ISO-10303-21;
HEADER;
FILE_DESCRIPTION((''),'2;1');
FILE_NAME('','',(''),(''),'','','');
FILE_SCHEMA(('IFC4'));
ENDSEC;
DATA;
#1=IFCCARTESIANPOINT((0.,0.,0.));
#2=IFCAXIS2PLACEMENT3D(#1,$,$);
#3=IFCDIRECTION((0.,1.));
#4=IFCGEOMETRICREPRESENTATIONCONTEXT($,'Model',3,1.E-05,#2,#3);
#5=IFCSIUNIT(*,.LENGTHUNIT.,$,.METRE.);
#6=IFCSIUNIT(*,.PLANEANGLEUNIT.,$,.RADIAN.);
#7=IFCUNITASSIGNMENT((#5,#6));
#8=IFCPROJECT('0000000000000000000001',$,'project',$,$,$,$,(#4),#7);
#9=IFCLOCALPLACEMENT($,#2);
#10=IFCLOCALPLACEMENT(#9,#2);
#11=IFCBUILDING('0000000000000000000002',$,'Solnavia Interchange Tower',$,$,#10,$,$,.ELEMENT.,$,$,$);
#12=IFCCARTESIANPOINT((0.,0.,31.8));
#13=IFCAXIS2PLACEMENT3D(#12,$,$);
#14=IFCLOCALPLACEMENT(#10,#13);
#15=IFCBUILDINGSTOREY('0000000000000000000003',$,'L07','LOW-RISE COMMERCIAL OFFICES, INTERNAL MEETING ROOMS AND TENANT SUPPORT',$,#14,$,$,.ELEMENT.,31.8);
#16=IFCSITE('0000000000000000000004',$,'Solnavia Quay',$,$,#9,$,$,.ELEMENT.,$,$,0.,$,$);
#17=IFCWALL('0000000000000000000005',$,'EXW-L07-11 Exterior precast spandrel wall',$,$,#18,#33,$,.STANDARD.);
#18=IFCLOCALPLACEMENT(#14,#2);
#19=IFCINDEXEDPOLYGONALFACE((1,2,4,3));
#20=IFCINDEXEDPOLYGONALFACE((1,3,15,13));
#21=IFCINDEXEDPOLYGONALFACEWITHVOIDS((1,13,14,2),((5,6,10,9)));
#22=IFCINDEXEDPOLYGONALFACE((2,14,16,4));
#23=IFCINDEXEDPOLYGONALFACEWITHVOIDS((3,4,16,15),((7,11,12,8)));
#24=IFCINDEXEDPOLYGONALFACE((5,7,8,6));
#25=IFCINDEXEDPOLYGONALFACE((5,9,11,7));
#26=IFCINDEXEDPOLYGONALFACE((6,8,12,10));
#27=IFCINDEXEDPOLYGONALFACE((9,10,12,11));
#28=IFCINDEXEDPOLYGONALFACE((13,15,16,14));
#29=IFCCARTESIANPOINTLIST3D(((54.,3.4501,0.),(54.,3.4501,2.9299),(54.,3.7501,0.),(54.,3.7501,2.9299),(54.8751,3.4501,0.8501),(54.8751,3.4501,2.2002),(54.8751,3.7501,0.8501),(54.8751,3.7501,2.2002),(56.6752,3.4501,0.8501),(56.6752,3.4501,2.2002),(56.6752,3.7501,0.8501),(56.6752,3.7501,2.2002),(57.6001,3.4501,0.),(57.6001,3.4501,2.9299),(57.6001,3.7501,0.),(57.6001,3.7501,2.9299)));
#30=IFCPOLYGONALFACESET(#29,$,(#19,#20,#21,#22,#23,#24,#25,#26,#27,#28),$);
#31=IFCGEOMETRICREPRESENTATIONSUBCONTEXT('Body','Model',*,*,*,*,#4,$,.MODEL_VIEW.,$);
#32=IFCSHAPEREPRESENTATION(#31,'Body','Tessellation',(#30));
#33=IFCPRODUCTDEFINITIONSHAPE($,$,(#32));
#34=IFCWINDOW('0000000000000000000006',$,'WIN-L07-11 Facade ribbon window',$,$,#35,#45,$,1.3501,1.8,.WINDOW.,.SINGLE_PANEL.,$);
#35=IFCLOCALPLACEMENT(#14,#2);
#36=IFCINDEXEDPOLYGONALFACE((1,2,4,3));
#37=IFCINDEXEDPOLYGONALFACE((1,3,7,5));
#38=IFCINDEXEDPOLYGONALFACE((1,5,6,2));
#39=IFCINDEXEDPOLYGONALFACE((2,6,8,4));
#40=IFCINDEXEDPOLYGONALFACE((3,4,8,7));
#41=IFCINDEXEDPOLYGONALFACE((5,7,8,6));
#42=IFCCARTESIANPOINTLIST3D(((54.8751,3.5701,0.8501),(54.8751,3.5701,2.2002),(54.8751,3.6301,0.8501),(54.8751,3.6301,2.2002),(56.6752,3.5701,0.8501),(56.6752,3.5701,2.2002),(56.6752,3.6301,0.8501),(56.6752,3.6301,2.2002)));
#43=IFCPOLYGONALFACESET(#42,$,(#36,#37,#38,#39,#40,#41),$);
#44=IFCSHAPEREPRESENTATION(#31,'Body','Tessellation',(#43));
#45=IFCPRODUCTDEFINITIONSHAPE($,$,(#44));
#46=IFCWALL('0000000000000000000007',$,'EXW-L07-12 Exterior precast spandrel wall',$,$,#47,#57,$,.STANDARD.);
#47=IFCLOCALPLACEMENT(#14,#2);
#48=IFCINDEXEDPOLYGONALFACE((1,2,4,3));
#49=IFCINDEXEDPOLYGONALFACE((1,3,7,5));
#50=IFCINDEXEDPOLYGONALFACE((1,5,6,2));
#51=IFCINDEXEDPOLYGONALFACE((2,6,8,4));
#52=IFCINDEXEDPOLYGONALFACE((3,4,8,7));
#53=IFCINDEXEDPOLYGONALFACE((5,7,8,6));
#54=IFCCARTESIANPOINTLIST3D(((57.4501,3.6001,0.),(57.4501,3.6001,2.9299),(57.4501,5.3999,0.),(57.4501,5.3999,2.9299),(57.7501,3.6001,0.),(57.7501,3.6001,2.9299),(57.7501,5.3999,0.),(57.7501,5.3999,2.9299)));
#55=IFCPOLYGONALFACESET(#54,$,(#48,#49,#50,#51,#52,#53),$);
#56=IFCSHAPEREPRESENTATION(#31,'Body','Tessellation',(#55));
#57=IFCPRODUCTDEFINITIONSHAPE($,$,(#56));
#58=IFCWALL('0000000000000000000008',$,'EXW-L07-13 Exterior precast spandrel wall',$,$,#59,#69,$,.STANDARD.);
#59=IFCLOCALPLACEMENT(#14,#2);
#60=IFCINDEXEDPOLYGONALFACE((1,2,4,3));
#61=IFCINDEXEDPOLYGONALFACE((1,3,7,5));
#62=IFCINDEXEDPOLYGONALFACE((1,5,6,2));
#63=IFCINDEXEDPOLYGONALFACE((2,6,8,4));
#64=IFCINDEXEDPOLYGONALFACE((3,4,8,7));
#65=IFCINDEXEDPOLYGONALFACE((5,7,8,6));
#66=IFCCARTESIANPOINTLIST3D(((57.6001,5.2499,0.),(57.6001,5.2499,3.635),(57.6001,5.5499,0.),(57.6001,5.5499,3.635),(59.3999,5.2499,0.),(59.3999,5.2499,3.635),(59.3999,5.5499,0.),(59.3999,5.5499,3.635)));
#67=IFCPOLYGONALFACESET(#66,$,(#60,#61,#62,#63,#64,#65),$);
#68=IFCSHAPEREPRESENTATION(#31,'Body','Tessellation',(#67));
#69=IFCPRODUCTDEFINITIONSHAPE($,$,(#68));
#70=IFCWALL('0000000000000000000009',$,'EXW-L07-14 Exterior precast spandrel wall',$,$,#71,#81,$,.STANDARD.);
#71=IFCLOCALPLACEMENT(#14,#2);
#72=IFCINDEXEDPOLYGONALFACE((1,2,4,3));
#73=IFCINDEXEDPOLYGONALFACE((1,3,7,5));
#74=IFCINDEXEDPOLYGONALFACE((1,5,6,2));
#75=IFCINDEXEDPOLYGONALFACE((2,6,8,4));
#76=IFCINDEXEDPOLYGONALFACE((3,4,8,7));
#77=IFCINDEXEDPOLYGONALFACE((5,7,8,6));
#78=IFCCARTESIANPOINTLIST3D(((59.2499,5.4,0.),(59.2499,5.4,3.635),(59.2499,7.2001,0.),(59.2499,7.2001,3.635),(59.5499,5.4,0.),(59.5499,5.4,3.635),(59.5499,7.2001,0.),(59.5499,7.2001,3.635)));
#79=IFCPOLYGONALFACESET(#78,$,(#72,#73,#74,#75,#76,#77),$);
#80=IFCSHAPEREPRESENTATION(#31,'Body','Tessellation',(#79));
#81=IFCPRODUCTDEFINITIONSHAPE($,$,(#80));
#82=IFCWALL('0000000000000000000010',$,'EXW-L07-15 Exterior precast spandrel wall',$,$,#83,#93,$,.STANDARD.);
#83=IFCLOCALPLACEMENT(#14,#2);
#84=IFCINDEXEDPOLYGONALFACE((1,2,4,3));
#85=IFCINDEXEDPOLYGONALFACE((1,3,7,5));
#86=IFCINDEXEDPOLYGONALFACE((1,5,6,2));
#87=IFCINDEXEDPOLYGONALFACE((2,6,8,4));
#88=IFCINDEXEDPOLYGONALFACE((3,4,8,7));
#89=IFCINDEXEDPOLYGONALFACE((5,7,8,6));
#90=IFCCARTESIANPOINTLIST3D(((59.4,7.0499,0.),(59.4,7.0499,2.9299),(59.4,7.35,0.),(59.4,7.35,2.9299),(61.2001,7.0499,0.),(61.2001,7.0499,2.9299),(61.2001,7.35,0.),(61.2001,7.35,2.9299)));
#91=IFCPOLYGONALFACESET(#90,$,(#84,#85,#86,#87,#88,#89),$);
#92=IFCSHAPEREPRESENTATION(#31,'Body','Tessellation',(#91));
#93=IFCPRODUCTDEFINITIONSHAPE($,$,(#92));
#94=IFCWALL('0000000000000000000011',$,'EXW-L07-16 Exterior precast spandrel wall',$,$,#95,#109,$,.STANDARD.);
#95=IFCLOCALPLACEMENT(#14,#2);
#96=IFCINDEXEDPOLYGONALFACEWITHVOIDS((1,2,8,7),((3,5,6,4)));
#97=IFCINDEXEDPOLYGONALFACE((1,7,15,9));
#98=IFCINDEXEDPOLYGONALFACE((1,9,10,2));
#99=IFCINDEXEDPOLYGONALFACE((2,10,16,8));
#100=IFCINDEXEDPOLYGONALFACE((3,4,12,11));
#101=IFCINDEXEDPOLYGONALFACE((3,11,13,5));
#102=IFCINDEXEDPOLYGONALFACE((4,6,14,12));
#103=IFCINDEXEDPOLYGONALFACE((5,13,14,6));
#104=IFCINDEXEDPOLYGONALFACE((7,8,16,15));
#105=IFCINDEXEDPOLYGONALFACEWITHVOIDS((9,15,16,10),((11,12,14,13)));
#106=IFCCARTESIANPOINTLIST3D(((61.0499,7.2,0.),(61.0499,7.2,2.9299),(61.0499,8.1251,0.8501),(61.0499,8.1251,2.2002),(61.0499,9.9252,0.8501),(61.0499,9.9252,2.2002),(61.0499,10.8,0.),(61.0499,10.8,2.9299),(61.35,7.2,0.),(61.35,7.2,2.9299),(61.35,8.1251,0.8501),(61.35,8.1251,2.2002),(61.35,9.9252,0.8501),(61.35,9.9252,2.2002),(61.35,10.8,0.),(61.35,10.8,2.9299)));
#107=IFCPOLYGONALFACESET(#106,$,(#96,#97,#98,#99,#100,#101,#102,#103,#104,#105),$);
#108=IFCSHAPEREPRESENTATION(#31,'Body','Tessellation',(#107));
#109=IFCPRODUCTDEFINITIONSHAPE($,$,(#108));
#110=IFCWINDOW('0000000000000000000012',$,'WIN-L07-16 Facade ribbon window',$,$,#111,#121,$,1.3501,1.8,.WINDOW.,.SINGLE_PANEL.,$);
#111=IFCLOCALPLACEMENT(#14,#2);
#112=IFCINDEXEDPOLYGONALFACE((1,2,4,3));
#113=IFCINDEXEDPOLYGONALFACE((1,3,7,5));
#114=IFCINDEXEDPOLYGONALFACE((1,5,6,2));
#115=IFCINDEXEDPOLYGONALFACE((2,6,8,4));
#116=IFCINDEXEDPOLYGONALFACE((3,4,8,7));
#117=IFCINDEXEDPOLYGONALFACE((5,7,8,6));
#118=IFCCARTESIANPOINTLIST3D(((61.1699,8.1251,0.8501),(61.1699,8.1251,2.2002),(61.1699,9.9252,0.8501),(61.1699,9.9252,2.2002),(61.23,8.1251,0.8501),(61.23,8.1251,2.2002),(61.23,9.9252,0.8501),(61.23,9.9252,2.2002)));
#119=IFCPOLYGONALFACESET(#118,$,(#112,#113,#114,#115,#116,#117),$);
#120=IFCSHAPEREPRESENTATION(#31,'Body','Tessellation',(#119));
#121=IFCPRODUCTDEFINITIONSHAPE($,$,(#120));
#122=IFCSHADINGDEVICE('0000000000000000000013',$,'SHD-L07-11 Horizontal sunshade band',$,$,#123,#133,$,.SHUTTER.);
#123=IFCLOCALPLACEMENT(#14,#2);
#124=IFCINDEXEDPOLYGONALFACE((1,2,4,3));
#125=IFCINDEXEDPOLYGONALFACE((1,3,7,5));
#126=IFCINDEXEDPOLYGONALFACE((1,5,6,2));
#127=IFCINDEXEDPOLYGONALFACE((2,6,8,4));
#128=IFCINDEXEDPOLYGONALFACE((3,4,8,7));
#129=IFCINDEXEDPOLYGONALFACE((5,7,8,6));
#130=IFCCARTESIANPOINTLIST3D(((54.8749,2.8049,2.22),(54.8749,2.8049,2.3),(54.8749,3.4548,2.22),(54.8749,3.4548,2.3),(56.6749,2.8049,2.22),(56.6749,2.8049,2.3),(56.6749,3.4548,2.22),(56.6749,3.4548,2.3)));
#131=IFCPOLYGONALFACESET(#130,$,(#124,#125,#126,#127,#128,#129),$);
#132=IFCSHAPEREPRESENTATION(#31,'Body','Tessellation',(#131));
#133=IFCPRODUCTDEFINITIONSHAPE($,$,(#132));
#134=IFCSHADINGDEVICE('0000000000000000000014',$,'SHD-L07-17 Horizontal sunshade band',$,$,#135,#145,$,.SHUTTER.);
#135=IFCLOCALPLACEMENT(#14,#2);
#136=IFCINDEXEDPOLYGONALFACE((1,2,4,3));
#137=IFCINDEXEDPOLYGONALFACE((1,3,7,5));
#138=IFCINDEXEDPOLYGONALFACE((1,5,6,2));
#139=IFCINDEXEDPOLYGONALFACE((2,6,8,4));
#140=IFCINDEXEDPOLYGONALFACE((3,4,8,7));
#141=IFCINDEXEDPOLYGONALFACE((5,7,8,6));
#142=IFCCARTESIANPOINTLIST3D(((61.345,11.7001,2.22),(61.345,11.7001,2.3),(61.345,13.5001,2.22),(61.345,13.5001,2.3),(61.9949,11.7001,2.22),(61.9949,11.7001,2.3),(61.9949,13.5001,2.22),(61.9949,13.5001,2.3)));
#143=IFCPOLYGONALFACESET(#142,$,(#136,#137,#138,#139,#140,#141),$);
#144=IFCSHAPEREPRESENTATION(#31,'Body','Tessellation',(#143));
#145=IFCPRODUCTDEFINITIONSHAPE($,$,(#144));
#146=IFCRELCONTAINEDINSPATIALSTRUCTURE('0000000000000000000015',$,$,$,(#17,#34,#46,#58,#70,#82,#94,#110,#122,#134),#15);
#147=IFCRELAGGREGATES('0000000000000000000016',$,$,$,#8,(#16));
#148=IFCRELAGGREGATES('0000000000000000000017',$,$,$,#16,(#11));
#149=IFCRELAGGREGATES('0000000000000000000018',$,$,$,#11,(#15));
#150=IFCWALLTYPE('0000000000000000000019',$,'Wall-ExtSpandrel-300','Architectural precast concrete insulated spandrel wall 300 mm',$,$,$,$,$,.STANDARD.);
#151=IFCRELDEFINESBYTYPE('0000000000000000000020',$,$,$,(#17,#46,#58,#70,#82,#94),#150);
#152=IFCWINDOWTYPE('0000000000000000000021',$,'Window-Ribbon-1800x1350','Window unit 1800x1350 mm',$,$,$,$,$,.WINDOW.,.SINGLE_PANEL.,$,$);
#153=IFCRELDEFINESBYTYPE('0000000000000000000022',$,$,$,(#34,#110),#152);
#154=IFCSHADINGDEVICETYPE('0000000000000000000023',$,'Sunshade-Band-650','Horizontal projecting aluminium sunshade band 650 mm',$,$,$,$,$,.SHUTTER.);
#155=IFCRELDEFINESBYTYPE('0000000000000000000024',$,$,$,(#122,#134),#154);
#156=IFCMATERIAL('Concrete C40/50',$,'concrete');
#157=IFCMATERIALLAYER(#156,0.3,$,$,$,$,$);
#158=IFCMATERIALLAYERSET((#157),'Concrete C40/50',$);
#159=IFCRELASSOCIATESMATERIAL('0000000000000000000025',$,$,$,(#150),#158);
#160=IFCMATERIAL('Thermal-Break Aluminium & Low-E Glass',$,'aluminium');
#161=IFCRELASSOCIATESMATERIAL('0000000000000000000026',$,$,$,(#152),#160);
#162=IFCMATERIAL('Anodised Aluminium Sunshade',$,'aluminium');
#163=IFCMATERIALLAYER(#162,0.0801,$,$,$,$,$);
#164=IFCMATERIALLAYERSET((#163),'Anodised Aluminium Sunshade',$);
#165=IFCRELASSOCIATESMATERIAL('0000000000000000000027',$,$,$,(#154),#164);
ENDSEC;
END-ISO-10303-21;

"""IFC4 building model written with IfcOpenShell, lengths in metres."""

from ifc_helpers import new_model, si_unit, direction, frame, frame_2d, origin, origin_2d, place, context, subcontext, project, spatial, rectangle, extrude, material, layer, layer_set, type_object, element, fill, save


model = new_model("IFC4")

# Units and contexts
model_context = context("Model", 3, precision=1e-05, world=origin(), true_north=direction((0.0, 1.0)))
body_context = subcontext(model_context, "Body", "Model", "MODEL_VIEW")
ifc_project = project(units=[si_unit("LENGTHUNIT", "METRE"), si_unit("PLANEANGLEUNIT", "RADIAN")], contexts=[model_context])

# Site, building, storey
site_placement = place(None, origin())
site = spatial("IfcSite", under=ifc_project, at=site_placement, Name="Solnavia Quay", CompositionType="ELEMENT", RefElevation=0.0)
building_placement = place(site_placement, origin())
building = spatial("IfcBuilding", under=site, at=building_placement, Name="Solnavia Interchange Tower", CompositionType="ELEMENT")
storey_placement = place(building_placement, frame((0.0, 0.0, 31.8)))
storey = spatial("IfcBuildingStorey", under=building, at=storey_placement, Name="L07", Description="LOW-RISE COMMERCIAL OFFICES, INTERNAL MEETING ROOMS AND TENANT SUPPORT", CompositionType="ELEMENT", Elevation=31.8)

# Wall, opening, window
ifc_material_1 = material(Name="Concrete C40/50", Category="concrete")
ifc_layer_1 = layer(ifc_material_1, 0.3)
ifc_layer_set_1 = layer_set([ifc_layer_1], Name="Concrete C40/50")
wall_type_1 = type_object("IfcWallType", Name="Wall-ExtSpandrel-300", Description="Architectural precast concrete insulated spandrel wall 300 mm", PredefinedType="STANDARD", material=ifc_layer_set_1)
ifc_material_2 = material(Name="Thermal-Break Aluminium & Low-E Glass", Category="aluminium")
window_type = type_object("IfcWindowType", Name="Window-Ribbon-1800x1350", Description="Window unit 1800x1350 mm", PartitioningType="SINGLE_PANEL", PredefinedType="WINDOW", material=ifc_material_2)
wall_1_placement = place(storey_placement, frame((57.6001, 3.6001, 0.0), z_axis=(0.0, 0.0, 1.0), x_axis=(-1.0, 0.0, 0.0)))
wall_1 = element("IfcWall", 1, at=wall_1_placement, inside=storey, type_object=wall_type_1, Name="EXW-L07-11 Exterior precast spandrel wall", PredefinedType="STANDARD", context=body_context, shape_type="SweptSolid", body=[
    extrude(rectangle(XDim=3.6001, YDim=0.3, at=frame_2d((1.8, 0.0))), origin(), (0.0, 0.0, 1.0), 2.9299),
])
opening_1_placement = place(wall_1_placement, frame((0.925, 0.0, 0.8501)))
opening_1 = element("IfcOpeningElement", 2, at=opening_1_placement, cuts=wall_1, PredefinedType="OPENING", context=body_context, shape_type="SweptSolid", body=[
    extrude(rectangle(XDim=1.8, YDim=1.3501, at=frame_2d((0.8999, 0.675))), frame((0.0, 0.1602, 0.0), z_axis=(0.0, -1.0, 0.0), x_axis=(1.0, 0.0, 0.0)), (0.0, 0.0, 1.0), 0.3201),
])
window_1_placement = place(opening_1_placement, origin())
window_1 = element("IfcWindow", 3, at=window_1_placement, inside=storey, type_object=window_type, Name="WIN-L07-11 Facade ribbon window", OverallHeight=1.3501, OverallWidth=1.8, PartitioningType="SINGLE_PANEL", PredefinedType="WINDOW", context=body_context, shape_type="SweptSolid", body=[
    extrude(rectangle(XDim=1.8, YDim=1.3501, at=frame_2d((0.8999, 0.675))), frame((0.0, 0.03, 0.0), z_axis=(0.0, -1.0, 0.0), x_axis=(1.0, 0.0, 0.0)), (0.0, 0.0, 1.0), 0.0601),
])
fill(opening_1, window_1)

# Walls
wall_2_placement = place(storey_placement, frame((57.6001, 5.3999, 0.0), z_axis=(0.0, 0.0, 1.0), x_axis=(0.0, -1.0, 0.0)))
element("IfcWall", 4, at=wall_2_placement, inside=storey, type_object=wall_type_1, Name="EXW-L07-12 Exterior precast spandrel wall", PredefinedType="STANDARD", context=body_context, shape_type="SweptSolid", body=[
    extrude(rectangle(XDim=1.7998, YDim=0.3, at=frame_2d((0.8999, 0.0))), origin(), (0.0, 0.0, 1.0), 2.9299),
])
wall_3_placement = place(storey_placement, frame((59.3999, 5.3999, 0.0), z_axis=(0.0, 0.0, 1.0), x_axis=(-1.0, 0.0, 0.0)))
element("IfcWall", 5, at=wall_3_placement, inside=storey, type_object=wall_type_1, Name="EXW-L07-13 Exterior precast spandrel wall", PredefinedType="STANDARD", context=body_context, shape_type="SweptSolid", body=[
    extrude(rectangle(XDim=1.7998, YDim=0.3, at=frame_2d((0.8999, 0.0))), origin(), (0.0, 0.0, 1.0), 3.635),
])
wall_4_placement = place(storey_placement, frame((59.3999, 7.2, 0.0), z_axis=(0.0, 0.0, 1.0), x_axis=(0.0, -1.0, 0.0)))
element("IfcWall", 6, at=wall_4_placement, inside=storey, type_object=wall_type_1, Name="EXW-L07-14 Exterior precast spandrel wall", PredefinedType="STANDARD", context=body_context, shape_type="SweptSolid", body=[
    extrude(rectangle(XDim=1.8, YDim=0.3, at=frame_2d((0.8999, 0.0))), origin(), (0.0, 0.0, 1.0), 3.635),
])
wall_5_placement = place(storey_placement, frame((61.2, 7.2, 0.0), z_axis=(0.0, 0.0, 1.0), x_axis=(-1.0, 0.0, 0.0)))
element("IfcWall", 7, at=wall_5_placement, inside=storey, type_object=wall_type_1, Name="EXW-L07-15 Exterior precast spandrel wall", PredefinedType="STANDARD", context=body_context, shape_type="SweptSolid", body=[
    extrude(rectangle(XDim=1.8, YDim=0.3, at=frame_2d((0.8999, 0.0))), origin(), (0.0, 0.0, 1.0), 2.9299),
])

# Wall, opening, window
wall_6_placement = place(storey_placement, frame((61.2, 10.8, 0.0), z_axis=(0.0, 0.0, 1.0), x_axis=(0.0, -1.0, 0.0)))
wall_6 = element("IfcWall", 8, at=wall_6_placement, inside=storey, type_object=wall_type_1, Name="EXW-L07-16 Exterior precast spandrel wall", PredefinedType="STANDARD", context=body_context, shape_type="SweptSolid", body=[
    extrude(rectangle(XDim=3.6001, YDim=0.3, at=frame_2d((1.8, 0.0))), origin(), (0.0, 0.0, 1.0), 2.9299),
])
opening_2_placement = place(wall_6_placement, frame((0.875, 0.0, 0.8501)))
opening_2 = element("IfcOpeningElement", 9, at=opening_2_placement, cuts=wall_6, PredefinedType="OPENING", context=body_context, shape_type="SweptSolid", body=[
    extrude(rectangle(XDim=1.8, YDim=1.3501, at=frame_2d((0.8999, 0.675))), frame((0.0, 0.1602, 0.0), z_axis=(0.0, -1.0, 0.0), x_axis=(1.0, 0.0, 0.0)), (0.0, 0.0, 1.0), 0.3201),
])
window_2_placement = place(opening_2_placement, origin())
window_2 = element("IfcWindow", 10, at=window_2_placement, inside=storey, type_object=window_type, Name="WIN-L07-16 Facade ribbon window", OverallHeight=1.3501, OverallWidth=1.8, PartitioningType="SINGLE_PANEL", PredefinedType="WINDOW", context=body_context, shape_type="SweptSolid", body=[
    extrude(rectangle(XDim=1.8, YDim=1.3501, at=frame_2d((0.8999, 0.675))), frame((0.0, 0.03, 0.0), z_axis=(0.0, -1.0, 0.0), x_axis=(1.0, 0.0, 0.0)), (0.0, 0.0, 1.0), 0.0601),
])
fill(opening_2, window_2)

# Shading devices
ifc_material_3 = material(Name="Anodised Aluminium Sunshade", Category="aluminium")
ifc_layer_2 = layer(ifc_material_3, 0.0801)
ifc_layer_set_2 = layer_set([ifc_layer_2], Name="Anodised Aluminium Sunshade")
shading_device_type = type_object("IfcShadingDeviceType", Name="Sunshade-Band-650", Description="Horizontal projecting aluminium sunshade band 650 mm", PredefinedType="SHUTTER", material=ifc_layer_set_2)
for number, where, z_axis, x_axis, name in (
    (11, (55.7749, 3.1299, 2.22), (0.0, 0.0, 1.0), (-1.0, 0.0, 0.0), "SHD-L07-11 Horizontal sunshade band"),
    (12, (61.6699, 12.6001, 2.22), (0.0, 0.0, 1.0), (0.0, -1.0, 0.0), "SHD-L07-17 Horizontal sunshade band"),
):
    element("IfcShadingDevice", number, at=place(storey_placement, frame(where, z_axis=z_axis, x_axis=x_axis)), inside=storey, type_object=shading_device_type, Name=name, PredefinedType="SHUTTER", context=body_context, shape_type="SweptSolid", body=[
        extrude(rectangle(XDim=1.8, YDim=0.6499, at=origin_2d()), origin(), (0.0, 0.0, 1.0), 0.0801),
    ])

save(model, "model.ifc")
